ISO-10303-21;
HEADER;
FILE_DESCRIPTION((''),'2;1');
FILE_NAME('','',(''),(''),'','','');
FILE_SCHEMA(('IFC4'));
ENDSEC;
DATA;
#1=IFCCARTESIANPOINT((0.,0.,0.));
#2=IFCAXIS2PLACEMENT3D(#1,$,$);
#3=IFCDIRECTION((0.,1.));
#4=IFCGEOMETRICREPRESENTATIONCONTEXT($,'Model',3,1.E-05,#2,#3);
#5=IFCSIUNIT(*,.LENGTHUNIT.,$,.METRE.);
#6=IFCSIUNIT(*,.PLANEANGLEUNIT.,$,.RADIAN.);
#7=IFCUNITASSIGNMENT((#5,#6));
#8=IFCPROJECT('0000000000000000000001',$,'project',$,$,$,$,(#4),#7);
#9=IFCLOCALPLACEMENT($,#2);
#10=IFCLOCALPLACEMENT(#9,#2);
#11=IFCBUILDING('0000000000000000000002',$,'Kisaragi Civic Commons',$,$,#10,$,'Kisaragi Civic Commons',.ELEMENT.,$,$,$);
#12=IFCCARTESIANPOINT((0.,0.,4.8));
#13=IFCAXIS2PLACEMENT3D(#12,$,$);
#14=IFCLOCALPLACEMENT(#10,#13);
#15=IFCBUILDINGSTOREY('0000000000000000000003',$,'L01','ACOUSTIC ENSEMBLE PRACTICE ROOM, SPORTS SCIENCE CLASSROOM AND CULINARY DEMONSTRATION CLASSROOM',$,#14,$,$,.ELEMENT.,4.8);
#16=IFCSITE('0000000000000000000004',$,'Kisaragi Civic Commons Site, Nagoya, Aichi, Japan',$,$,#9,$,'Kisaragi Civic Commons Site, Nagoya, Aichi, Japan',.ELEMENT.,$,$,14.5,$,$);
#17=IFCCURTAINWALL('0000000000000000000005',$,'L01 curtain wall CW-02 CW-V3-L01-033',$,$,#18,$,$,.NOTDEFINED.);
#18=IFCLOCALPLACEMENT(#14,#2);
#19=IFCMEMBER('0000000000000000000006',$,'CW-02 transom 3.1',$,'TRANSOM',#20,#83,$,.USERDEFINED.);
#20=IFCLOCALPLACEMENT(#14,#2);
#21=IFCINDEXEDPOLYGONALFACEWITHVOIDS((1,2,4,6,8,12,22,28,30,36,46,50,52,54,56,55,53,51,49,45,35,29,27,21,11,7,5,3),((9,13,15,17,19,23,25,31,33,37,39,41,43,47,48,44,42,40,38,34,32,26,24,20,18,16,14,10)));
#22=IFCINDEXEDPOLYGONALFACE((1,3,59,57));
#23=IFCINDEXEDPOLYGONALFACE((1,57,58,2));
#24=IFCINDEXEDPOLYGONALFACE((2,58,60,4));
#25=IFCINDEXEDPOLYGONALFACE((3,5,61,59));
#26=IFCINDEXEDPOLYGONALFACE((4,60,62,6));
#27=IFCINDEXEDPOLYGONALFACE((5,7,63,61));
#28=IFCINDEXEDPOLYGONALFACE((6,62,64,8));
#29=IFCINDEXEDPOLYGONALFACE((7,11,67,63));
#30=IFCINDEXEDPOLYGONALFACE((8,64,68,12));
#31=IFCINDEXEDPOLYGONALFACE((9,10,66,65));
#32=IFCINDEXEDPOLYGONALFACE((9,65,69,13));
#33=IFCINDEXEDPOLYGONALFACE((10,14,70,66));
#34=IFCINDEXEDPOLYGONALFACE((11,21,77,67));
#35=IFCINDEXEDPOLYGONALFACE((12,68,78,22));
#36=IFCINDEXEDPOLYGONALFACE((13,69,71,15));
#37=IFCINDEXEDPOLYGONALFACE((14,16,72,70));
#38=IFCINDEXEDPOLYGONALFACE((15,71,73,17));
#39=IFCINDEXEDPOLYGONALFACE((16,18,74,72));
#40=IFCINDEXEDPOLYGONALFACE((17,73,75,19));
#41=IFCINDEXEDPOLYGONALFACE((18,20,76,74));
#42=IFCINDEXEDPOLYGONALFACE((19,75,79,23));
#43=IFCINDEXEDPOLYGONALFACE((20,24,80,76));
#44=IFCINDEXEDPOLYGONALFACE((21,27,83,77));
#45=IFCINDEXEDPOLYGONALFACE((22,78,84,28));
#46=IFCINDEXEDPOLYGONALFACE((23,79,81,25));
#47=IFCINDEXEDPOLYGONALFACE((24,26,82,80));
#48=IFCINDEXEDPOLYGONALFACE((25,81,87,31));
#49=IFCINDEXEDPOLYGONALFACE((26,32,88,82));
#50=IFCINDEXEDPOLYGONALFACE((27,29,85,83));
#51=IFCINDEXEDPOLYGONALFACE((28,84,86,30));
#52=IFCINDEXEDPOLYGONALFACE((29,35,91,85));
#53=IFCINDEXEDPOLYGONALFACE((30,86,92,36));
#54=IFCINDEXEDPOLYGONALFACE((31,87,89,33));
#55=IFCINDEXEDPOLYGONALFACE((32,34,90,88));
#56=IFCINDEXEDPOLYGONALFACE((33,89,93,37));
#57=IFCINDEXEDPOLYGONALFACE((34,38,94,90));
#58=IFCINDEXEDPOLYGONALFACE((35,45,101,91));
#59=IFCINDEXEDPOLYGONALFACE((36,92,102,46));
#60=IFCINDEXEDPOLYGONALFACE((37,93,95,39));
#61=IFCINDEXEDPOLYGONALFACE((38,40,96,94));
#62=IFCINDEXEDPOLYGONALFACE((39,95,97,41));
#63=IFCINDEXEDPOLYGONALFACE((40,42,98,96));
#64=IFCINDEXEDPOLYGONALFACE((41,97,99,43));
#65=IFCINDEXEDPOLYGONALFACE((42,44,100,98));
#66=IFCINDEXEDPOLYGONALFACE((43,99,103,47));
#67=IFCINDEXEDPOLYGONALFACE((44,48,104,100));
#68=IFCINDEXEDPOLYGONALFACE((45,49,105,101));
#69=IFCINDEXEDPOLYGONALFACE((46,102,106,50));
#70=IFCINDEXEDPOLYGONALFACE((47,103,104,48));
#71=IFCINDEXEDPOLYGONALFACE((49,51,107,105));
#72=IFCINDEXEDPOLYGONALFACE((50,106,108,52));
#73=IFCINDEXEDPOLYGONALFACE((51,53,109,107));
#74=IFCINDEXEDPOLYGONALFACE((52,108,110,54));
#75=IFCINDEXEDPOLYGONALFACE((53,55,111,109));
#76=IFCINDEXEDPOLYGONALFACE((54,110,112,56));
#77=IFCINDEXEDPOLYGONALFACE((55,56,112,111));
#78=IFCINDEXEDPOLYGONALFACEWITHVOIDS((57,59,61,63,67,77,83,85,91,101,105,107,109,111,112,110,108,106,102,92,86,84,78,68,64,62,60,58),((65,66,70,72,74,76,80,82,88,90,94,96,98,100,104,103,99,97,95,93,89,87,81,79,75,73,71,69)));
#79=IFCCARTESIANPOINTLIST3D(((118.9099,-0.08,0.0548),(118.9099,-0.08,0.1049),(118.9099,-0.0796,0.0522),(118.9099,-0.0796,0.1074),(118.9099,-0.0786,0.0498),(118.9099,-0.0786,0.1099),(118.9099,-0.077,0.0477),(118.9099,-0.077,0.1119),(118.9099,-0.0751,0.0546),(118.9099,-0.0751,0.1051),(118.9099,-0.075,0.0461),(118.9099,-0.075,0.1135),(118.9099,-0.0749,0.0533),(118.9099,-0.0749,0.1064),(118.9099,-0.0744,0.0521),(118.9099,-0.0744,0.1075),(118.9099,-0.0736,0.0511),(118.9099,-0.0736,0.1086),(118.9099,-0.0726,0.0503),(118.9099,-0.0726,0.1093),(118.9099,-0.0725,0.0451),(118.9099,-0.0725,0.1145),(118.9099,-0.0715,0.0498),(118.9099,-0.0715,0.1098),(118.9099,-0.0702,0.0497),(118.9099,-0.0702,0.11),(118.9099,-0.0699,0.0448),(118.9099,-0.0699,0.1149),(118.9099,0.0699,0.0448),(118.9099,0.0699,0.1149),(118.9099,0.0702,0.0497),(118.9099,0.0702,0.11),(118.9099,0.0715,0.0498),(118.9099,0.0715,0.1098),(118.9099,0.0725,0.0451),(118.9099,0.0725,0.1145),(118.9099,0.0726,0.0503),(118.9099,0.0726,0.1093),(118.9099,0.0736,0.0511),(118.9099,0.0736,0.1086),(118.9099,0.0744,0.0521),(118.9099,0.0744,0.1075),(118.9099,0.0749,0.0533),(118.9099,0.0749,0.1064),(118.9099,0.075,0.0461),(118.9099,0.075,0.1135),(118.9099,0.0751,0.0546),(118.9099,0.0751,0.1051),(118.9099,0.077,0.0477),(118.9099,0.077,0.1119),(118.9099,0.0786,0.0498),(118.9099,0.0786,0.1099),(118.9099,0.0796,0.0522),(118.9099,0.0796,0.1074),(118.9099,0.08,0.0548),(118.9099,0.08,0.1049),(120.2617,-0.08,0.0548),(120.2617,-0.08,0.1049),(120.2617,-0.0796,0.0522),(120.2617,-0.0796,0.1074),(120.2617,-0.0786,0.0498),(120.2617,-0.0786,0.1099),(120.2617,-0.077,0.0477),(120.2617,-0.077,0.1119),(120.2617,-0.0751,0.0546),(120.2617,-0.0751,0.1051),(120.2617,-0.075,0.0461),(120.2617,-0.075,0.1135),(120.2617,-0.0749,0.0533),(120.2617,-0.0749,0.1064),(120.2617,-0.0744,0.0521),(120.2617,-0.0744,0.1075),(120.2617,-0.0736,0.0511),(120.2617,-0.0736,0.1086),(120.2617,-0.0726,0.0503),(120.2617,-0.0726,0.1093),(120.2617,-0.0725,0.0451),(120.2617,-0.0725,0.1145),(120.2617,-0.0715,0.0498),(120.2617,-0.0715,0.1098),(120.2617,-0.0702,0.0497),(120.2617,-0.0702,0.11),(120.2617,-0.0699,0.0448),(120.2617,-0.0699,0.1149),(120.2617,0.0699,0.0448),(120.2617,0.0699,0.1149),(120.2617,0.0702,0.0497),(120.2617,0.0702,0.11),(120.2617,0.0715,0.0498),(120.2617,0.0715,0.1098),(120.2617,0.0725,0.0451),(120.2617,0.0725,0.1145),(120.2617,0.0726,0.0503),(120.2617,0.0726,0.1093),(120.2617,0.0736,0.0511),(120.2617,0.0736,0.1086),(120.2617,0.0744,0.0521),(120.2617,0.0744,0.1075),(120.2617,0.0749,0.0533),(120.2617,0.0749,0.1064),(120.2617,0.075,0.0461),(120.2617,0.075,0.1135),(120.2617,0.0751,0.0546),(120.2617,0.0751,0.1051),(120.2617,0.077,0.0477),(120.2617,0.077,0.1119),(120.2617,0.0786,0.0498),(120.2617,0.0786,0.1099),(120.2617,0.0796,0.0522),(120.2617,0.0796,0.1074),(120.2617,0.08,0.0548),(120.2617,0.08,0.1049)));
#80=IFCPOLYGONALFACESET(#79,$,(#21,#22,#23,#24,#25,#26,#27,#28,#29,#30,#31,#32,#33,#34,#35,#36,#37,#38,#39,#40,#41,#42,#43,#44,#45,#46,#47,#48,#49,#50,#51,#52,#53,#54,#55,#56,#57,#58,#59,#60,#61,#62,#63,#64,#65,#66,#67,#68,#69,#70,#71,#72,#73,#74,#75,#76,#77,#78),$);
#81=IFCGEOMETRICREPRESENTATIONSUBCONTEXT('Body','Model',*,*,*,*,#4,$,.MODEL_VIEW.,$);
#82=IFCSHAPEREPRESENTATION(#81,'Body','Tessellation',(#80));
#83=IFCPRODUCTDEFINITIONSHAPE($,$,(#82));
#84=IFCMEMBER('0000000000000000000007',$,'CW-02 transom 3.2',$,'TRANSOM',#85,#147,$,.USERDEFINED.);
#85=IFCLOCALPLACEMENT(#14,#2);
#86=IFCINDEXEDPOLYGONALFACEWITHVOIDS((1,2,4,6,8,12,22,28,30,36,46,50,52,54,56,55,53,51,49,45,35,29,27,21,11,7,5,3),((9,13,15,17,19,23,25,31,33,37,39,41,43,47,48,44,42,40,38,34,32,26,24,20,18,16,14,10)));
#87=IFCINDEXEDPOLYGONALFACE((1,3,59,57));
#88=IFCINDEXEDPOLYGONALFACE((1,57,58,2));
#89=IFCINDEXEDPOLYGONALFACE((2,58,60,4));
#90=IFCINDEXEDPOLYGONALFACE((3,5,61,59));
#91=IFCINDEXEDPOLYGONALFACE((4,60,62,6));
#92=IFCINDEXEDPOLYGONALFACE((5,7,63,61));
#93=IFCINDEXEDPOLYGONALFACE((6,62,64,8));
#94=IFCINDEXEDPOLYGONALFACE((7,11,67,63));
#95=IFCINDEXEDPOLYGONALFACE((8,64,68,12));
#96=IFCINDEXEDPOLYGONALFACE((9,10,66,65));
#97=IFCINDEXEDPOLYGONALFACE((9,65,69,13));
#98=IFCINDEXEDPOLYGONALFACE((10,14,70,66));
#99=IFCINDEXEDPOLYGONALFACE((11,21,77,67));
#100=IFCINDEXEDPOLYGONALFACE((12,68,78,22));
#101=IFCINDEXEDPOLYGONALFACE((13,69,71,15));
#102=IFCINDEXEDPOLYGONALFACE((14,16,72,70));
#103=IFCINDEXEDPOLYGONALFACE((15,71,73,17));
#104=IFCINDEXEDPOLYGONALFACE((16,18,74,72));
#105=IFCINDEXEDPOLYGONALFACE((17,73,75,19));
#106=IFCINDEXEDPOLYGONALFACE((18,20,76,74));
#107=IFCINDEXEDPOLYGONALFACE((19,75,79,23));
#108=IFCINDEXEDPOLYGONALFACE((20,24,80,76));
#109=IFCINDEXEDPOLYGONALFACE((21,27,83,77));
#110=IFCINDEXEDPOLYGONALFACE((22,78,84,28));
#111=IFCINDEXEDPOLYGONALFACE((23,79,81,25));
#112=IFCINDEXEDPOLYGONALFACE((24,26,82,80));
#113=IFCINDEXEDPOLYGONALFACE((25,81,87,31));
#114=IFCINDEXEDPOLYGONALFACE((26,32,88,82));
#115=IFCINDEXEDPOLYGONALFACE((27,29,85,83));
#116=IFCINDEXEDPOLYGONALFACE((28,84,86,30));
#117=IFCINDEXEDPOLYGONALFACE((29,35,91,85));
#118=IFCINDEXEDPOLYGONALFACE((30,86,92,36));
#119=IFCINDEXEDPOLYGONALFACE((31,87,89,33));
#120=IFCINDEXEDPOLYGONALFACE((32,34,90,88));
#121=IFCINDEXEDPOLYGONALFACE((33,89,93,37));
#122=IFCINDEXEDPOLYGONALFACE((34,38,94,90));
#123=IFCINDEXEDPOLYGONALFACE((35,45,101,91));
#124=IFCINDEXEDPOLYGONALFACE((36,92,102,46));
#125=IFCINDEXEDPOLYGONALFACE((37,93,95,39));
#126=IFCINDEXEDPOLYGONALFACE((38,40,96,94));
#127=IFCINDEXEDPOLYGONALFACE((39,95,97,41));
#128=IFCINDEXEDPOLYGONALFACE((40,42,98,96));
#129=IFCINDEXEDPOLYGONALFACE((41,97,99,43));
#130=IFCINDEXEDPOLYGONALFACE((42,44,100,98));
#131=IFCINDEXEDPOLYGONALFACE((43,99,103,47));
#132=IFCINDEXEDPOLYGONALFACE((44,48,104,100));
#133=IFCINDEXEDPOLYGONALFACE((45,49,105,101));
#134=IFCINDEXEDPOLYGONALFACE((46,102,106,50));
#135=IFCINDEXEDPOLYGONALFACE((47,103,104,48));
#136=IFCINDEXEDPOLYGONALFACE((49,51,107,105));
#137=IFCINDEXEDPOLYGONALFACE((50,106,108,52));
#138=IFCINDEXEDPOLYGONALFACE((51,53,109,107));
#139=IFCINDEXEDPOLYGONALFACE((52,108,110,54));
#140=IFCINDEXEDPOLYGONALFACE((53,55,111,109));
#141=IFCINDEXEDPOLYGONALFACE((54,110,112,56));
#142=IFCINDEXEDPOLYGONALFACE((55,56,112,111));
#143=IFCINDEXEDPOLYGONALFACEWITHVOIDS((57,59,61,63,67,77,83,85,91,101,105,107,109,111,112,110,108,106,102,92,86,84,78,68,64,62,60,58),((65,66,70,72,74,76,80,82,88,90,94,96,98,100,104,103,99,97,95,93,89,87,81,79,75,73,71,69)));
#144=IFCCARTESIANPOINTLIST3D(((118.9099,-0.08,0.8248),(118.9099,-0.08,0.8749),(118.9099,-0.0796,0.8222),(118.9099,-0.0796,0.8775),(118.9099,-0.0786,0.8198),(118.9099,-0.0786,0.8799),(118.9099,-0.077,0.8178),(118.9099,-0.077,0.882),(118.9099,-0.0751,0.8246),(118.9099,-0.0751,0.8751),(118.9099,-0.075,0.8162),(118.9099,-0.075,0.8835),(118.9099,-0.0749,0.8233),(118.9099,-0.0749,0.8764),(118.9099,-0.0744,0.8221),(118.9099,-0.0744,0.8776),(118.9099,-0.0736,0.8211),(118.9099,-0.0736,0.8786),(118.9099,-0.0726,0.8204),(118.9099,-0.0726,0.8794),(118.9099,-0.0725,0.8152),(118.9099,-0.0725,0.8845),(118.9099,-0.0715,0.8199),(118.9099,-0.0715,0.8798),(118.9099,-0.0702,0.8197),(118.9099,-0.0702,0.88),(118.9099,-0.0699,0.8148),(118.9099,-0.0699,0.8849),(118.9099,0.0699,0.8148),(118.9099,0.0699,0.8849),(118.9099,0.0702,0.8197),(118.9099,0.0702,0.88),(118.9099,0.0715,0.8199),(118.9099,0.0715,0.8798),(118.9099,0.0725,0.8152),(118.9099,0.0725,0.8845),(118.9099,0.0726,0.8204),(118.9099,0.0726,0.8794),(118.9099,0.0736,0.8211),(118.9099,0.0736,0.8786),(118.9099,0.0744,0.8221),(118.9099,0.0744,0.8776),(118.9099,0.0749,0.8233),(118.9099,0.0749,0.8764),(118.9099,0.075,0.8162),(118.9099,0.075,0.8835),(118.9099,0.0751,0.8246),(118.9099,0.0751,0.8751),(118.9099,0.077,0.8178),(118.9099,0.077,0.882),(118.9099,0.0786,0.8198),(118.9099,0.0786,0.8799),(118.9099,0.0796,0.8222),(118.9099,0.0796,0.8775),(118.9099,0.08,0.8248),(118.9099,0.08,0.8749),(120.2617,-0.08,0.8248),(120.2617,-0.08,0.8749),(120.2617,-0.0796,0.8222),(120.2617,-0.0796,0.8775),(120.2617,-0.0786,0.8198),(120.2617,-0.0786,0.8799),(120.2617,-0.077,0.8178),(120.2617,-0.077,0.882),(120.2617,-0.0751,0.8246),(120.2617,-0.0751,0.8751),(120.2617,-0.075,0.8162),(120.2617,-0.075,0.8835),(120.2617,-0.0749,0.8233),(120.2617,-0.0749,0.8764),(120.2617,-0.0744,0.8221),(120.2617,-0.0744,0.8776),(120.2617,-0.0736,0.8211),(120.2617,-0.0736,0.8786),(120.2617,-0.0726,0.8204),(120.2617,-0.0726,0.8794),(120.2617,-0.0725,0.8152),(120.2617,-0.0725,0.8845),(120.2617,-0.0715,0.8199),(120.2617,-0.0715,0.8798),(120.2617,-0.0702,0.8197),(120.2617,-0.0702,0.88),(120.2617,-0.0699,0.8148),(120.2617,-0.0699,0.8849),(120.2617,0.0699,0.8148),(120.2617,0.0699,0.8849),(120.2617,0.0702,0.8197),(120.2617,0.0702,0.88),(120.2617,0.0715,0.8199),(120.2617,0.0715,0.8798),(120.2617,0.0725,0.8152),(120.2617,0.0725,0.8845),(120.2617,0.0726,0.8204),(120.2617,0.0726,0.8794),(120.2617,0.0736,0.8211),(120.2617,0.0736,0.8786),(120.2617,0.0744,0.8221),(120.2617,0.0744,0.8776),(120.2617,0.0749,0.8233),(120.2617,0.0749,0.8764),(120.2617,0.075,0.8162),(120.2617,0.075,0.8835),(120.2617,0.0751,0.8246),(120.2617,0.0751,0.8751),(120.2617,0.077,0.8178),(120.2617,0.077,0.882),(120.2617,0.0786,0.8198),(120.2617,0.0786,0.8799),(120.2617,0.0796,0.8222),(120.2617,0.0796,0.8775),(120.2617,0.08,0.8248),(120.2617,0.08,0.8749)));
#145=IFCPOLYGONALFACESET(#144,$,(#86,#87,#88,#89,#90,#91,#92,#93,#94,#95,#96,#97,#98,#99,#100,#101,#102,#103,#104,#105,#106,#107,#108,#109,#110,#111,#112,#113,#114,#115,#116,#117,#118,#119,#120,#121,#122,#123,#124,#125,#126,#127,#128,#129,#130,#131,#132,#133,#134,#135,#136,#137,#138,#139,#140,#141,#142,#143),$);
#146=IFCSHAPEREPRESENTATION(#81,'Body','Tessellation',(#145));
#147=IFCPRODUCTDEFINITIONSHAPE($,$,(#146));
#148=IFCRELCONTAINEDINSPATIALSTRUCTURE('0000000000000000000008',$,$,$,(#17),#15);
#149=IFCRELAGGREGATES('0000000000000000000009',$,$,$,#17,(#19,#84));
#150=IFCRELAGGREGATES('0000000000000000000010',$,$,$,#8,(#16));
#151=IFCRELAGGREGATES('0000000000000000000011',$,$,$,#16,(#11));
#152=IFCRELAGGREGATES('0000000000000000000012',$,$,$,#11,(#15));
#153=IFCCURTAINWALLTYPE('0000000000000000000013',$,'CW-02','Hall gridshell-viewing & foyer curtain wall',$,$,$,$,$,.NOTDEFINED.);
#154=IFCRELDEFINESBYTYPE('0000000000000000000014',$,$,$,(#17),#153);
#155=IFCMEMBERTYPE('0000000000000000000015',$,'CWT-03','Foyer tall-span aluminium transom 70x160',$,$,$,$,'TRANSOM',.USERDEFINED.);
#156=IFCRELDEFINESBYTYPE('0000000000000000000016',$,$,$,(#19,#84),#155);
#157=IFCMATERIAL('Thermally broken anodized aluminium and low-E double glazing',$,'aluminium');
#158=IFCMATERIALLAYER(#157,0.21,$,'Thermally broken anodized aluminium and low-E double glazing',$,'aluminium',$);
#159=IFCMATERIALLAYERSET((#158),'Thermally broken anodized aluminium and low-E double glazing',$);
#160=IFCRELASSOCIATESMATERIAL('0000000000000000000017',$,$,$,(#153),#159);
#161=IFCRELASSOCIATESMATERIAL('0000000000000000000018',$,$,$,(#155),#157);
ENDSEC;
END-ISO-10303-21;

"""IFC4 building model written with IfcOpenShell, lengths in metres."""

from ifc_helpers import new_model, si_unit, direction, frame, origin, origin_2d, place, context, subcontext, project, spatial, hollow_rectangle, extrude, material, layer, layer_set, material_profile, profile_set, type_object, element, aggregate, save


model = new_model("IFC4")

# Units and contexts
model_context = context("Model", 3, precision=1e-05, world=origin(), true_north=direction((0.0, 1.0)))
body_context = subcontext(model_context, "Body", "Model", "MODEL_VIEW")
ifc_project = project(units=[si_unit("LENGTHUNIT", "METRE"), si_unit("PLANEANGLEUNIT", "RADIAN")], contexts=[model_context])

# Site, building, storey
site_placement = place(None, origin())
site = spatial("IfcSite", under=ifc_project, at=site_placement, Name="Kisaragi Civic Commons Site, Nagoya, Aichi, Japan", LongName="Kisaragi Civic Commons Site, Nagoya, Aichi, Japan", CompositionType="ELEMENT", RefElevation=14.5)
building_placement = place(site_placement, origin())
building = spatial("IfcBuilding", under=site, at=building_placement, Name="Kisaragi Civic Commons", LongName="Kisaragi Civic Commons", CompositionType="ELEMENT")
storey_placement = place(building_placement, frame((0.0, 0.0, 4.8)))
storey = spatial("IfcBuildingStorey", under=building, at=storey_placement, Name="L01", Description="ACOUSTIC ENSEMBLE PRACTICE ROOM, SPORTS SCIENCE CLASSROOM AND CULINARY DEMONSTRATION CLASSROOM", CompositionType="ELEMENT", Elevation=4.8)

# Curtain wall
ifc_material = material(Name="Thermally broken anodized aluminium and low-E double glazing", Category="aluminium")
ifc_layer_1 = layer(ifc_material, 0.21, Name="Thermally broken anodized aluminium and low-E double glazing", Category="aluminium")
ifc_layer_set_1 = layer_set([ifc_layer_1], Name="Thermally broken anodized aluminium and low-E double glazing")
curtain_wall_type = type_object("IfcCurtainWallType", Name="CW-02", Description="Hall gridshell-viewing & foyer curtain wall", PredefinedType="NOTDEFINED", material=ifc_layer_set_1)
curtain_wall_1_placement = place(storey_placement, origin())
curtain_wall_1 = element("IfcCurtainWall", 1, at=curtain_wall_1_placement, inside=storey, type_object=curtain_wall_type, Name="L01 curtain wall CW-02 CW-V3-L01-033", PredefinedType="NOTDEFINED")

# Members
ifc_material_profile_1 = material_profile(ifc_material, hollow_rectangle(XDim=0.1599, YDim=0.0701, WallThickness=0.0049, InnerFilletRadius=0.0049, OuterFilletRadius=0.01, at=origin_2d()), Name="CWT-70x160x5", Category="aluminium")
ifc_profile_set_1 = profile_set([ifc_material_profile_1], Name="Thermally broken anodized aluminium and low-E double glazing")
member_type_1 = type_object("IfcMemberType", Name="CWT-03", Description="Foyer tall-span aluminium transom 70x160", ElementType="TRANSOM", PredefinedType="USERDEFINED", material=ifc_profile_set_1)
member_1_placement = place(storey_placement, frame((120.2617, 0.0, 0.0798), z_axis=(-1.0, 0.0, 0.0), x_axis=(0.0, -1.0, 0.0)))
member_1 = element("IfcMember", 2, at=member_1_placement, type_object=member_type_1, Name="CW-02 transom 3.1", ObjectType="TRANSOM", PredefinedType="USERDEFINED", context=body_context, shape_type="SweptSolid", body=[
    extrude(hollow_rectangle(XDim=0.1599, YDim=0.0701, WallThickness=0.0049, InnerFilletRadius=0.0049, OuterFilletRadius=0.01, at=origin_2d()), origin(), (0.0, 0.0, 1.0), 1.3518),
])
member_2_placement = place(storey_placement, frame((120.2617, 0.0, 0.8499), z_axis=(-1.0, 0.0, 0.0), x_axis=(0.0, -1.0, 0.0)))
member_2 = element("IfcMember", 3, at=member_2_placement, type_object=member_type_1, Name="CW-02 transom 3.2", ObjectType="TRANSOM", PredefinedType="USERDEFINED", context=body_context, shape_type="SweptSolid", body=[
    extrude(hollow_rectangle(XDim=0.1599, YDim=0.0701, WallThickness=0.0049, InnerFilletRadius=0.0049, OuterFilletRadius=0.01, at=origin_2d()), origin(), (0.0, 0.0, 1.0), 1.3518),
])

aggregate(curtain_wall_1, [member_1, member_2])

save(model, "model.ifc")
